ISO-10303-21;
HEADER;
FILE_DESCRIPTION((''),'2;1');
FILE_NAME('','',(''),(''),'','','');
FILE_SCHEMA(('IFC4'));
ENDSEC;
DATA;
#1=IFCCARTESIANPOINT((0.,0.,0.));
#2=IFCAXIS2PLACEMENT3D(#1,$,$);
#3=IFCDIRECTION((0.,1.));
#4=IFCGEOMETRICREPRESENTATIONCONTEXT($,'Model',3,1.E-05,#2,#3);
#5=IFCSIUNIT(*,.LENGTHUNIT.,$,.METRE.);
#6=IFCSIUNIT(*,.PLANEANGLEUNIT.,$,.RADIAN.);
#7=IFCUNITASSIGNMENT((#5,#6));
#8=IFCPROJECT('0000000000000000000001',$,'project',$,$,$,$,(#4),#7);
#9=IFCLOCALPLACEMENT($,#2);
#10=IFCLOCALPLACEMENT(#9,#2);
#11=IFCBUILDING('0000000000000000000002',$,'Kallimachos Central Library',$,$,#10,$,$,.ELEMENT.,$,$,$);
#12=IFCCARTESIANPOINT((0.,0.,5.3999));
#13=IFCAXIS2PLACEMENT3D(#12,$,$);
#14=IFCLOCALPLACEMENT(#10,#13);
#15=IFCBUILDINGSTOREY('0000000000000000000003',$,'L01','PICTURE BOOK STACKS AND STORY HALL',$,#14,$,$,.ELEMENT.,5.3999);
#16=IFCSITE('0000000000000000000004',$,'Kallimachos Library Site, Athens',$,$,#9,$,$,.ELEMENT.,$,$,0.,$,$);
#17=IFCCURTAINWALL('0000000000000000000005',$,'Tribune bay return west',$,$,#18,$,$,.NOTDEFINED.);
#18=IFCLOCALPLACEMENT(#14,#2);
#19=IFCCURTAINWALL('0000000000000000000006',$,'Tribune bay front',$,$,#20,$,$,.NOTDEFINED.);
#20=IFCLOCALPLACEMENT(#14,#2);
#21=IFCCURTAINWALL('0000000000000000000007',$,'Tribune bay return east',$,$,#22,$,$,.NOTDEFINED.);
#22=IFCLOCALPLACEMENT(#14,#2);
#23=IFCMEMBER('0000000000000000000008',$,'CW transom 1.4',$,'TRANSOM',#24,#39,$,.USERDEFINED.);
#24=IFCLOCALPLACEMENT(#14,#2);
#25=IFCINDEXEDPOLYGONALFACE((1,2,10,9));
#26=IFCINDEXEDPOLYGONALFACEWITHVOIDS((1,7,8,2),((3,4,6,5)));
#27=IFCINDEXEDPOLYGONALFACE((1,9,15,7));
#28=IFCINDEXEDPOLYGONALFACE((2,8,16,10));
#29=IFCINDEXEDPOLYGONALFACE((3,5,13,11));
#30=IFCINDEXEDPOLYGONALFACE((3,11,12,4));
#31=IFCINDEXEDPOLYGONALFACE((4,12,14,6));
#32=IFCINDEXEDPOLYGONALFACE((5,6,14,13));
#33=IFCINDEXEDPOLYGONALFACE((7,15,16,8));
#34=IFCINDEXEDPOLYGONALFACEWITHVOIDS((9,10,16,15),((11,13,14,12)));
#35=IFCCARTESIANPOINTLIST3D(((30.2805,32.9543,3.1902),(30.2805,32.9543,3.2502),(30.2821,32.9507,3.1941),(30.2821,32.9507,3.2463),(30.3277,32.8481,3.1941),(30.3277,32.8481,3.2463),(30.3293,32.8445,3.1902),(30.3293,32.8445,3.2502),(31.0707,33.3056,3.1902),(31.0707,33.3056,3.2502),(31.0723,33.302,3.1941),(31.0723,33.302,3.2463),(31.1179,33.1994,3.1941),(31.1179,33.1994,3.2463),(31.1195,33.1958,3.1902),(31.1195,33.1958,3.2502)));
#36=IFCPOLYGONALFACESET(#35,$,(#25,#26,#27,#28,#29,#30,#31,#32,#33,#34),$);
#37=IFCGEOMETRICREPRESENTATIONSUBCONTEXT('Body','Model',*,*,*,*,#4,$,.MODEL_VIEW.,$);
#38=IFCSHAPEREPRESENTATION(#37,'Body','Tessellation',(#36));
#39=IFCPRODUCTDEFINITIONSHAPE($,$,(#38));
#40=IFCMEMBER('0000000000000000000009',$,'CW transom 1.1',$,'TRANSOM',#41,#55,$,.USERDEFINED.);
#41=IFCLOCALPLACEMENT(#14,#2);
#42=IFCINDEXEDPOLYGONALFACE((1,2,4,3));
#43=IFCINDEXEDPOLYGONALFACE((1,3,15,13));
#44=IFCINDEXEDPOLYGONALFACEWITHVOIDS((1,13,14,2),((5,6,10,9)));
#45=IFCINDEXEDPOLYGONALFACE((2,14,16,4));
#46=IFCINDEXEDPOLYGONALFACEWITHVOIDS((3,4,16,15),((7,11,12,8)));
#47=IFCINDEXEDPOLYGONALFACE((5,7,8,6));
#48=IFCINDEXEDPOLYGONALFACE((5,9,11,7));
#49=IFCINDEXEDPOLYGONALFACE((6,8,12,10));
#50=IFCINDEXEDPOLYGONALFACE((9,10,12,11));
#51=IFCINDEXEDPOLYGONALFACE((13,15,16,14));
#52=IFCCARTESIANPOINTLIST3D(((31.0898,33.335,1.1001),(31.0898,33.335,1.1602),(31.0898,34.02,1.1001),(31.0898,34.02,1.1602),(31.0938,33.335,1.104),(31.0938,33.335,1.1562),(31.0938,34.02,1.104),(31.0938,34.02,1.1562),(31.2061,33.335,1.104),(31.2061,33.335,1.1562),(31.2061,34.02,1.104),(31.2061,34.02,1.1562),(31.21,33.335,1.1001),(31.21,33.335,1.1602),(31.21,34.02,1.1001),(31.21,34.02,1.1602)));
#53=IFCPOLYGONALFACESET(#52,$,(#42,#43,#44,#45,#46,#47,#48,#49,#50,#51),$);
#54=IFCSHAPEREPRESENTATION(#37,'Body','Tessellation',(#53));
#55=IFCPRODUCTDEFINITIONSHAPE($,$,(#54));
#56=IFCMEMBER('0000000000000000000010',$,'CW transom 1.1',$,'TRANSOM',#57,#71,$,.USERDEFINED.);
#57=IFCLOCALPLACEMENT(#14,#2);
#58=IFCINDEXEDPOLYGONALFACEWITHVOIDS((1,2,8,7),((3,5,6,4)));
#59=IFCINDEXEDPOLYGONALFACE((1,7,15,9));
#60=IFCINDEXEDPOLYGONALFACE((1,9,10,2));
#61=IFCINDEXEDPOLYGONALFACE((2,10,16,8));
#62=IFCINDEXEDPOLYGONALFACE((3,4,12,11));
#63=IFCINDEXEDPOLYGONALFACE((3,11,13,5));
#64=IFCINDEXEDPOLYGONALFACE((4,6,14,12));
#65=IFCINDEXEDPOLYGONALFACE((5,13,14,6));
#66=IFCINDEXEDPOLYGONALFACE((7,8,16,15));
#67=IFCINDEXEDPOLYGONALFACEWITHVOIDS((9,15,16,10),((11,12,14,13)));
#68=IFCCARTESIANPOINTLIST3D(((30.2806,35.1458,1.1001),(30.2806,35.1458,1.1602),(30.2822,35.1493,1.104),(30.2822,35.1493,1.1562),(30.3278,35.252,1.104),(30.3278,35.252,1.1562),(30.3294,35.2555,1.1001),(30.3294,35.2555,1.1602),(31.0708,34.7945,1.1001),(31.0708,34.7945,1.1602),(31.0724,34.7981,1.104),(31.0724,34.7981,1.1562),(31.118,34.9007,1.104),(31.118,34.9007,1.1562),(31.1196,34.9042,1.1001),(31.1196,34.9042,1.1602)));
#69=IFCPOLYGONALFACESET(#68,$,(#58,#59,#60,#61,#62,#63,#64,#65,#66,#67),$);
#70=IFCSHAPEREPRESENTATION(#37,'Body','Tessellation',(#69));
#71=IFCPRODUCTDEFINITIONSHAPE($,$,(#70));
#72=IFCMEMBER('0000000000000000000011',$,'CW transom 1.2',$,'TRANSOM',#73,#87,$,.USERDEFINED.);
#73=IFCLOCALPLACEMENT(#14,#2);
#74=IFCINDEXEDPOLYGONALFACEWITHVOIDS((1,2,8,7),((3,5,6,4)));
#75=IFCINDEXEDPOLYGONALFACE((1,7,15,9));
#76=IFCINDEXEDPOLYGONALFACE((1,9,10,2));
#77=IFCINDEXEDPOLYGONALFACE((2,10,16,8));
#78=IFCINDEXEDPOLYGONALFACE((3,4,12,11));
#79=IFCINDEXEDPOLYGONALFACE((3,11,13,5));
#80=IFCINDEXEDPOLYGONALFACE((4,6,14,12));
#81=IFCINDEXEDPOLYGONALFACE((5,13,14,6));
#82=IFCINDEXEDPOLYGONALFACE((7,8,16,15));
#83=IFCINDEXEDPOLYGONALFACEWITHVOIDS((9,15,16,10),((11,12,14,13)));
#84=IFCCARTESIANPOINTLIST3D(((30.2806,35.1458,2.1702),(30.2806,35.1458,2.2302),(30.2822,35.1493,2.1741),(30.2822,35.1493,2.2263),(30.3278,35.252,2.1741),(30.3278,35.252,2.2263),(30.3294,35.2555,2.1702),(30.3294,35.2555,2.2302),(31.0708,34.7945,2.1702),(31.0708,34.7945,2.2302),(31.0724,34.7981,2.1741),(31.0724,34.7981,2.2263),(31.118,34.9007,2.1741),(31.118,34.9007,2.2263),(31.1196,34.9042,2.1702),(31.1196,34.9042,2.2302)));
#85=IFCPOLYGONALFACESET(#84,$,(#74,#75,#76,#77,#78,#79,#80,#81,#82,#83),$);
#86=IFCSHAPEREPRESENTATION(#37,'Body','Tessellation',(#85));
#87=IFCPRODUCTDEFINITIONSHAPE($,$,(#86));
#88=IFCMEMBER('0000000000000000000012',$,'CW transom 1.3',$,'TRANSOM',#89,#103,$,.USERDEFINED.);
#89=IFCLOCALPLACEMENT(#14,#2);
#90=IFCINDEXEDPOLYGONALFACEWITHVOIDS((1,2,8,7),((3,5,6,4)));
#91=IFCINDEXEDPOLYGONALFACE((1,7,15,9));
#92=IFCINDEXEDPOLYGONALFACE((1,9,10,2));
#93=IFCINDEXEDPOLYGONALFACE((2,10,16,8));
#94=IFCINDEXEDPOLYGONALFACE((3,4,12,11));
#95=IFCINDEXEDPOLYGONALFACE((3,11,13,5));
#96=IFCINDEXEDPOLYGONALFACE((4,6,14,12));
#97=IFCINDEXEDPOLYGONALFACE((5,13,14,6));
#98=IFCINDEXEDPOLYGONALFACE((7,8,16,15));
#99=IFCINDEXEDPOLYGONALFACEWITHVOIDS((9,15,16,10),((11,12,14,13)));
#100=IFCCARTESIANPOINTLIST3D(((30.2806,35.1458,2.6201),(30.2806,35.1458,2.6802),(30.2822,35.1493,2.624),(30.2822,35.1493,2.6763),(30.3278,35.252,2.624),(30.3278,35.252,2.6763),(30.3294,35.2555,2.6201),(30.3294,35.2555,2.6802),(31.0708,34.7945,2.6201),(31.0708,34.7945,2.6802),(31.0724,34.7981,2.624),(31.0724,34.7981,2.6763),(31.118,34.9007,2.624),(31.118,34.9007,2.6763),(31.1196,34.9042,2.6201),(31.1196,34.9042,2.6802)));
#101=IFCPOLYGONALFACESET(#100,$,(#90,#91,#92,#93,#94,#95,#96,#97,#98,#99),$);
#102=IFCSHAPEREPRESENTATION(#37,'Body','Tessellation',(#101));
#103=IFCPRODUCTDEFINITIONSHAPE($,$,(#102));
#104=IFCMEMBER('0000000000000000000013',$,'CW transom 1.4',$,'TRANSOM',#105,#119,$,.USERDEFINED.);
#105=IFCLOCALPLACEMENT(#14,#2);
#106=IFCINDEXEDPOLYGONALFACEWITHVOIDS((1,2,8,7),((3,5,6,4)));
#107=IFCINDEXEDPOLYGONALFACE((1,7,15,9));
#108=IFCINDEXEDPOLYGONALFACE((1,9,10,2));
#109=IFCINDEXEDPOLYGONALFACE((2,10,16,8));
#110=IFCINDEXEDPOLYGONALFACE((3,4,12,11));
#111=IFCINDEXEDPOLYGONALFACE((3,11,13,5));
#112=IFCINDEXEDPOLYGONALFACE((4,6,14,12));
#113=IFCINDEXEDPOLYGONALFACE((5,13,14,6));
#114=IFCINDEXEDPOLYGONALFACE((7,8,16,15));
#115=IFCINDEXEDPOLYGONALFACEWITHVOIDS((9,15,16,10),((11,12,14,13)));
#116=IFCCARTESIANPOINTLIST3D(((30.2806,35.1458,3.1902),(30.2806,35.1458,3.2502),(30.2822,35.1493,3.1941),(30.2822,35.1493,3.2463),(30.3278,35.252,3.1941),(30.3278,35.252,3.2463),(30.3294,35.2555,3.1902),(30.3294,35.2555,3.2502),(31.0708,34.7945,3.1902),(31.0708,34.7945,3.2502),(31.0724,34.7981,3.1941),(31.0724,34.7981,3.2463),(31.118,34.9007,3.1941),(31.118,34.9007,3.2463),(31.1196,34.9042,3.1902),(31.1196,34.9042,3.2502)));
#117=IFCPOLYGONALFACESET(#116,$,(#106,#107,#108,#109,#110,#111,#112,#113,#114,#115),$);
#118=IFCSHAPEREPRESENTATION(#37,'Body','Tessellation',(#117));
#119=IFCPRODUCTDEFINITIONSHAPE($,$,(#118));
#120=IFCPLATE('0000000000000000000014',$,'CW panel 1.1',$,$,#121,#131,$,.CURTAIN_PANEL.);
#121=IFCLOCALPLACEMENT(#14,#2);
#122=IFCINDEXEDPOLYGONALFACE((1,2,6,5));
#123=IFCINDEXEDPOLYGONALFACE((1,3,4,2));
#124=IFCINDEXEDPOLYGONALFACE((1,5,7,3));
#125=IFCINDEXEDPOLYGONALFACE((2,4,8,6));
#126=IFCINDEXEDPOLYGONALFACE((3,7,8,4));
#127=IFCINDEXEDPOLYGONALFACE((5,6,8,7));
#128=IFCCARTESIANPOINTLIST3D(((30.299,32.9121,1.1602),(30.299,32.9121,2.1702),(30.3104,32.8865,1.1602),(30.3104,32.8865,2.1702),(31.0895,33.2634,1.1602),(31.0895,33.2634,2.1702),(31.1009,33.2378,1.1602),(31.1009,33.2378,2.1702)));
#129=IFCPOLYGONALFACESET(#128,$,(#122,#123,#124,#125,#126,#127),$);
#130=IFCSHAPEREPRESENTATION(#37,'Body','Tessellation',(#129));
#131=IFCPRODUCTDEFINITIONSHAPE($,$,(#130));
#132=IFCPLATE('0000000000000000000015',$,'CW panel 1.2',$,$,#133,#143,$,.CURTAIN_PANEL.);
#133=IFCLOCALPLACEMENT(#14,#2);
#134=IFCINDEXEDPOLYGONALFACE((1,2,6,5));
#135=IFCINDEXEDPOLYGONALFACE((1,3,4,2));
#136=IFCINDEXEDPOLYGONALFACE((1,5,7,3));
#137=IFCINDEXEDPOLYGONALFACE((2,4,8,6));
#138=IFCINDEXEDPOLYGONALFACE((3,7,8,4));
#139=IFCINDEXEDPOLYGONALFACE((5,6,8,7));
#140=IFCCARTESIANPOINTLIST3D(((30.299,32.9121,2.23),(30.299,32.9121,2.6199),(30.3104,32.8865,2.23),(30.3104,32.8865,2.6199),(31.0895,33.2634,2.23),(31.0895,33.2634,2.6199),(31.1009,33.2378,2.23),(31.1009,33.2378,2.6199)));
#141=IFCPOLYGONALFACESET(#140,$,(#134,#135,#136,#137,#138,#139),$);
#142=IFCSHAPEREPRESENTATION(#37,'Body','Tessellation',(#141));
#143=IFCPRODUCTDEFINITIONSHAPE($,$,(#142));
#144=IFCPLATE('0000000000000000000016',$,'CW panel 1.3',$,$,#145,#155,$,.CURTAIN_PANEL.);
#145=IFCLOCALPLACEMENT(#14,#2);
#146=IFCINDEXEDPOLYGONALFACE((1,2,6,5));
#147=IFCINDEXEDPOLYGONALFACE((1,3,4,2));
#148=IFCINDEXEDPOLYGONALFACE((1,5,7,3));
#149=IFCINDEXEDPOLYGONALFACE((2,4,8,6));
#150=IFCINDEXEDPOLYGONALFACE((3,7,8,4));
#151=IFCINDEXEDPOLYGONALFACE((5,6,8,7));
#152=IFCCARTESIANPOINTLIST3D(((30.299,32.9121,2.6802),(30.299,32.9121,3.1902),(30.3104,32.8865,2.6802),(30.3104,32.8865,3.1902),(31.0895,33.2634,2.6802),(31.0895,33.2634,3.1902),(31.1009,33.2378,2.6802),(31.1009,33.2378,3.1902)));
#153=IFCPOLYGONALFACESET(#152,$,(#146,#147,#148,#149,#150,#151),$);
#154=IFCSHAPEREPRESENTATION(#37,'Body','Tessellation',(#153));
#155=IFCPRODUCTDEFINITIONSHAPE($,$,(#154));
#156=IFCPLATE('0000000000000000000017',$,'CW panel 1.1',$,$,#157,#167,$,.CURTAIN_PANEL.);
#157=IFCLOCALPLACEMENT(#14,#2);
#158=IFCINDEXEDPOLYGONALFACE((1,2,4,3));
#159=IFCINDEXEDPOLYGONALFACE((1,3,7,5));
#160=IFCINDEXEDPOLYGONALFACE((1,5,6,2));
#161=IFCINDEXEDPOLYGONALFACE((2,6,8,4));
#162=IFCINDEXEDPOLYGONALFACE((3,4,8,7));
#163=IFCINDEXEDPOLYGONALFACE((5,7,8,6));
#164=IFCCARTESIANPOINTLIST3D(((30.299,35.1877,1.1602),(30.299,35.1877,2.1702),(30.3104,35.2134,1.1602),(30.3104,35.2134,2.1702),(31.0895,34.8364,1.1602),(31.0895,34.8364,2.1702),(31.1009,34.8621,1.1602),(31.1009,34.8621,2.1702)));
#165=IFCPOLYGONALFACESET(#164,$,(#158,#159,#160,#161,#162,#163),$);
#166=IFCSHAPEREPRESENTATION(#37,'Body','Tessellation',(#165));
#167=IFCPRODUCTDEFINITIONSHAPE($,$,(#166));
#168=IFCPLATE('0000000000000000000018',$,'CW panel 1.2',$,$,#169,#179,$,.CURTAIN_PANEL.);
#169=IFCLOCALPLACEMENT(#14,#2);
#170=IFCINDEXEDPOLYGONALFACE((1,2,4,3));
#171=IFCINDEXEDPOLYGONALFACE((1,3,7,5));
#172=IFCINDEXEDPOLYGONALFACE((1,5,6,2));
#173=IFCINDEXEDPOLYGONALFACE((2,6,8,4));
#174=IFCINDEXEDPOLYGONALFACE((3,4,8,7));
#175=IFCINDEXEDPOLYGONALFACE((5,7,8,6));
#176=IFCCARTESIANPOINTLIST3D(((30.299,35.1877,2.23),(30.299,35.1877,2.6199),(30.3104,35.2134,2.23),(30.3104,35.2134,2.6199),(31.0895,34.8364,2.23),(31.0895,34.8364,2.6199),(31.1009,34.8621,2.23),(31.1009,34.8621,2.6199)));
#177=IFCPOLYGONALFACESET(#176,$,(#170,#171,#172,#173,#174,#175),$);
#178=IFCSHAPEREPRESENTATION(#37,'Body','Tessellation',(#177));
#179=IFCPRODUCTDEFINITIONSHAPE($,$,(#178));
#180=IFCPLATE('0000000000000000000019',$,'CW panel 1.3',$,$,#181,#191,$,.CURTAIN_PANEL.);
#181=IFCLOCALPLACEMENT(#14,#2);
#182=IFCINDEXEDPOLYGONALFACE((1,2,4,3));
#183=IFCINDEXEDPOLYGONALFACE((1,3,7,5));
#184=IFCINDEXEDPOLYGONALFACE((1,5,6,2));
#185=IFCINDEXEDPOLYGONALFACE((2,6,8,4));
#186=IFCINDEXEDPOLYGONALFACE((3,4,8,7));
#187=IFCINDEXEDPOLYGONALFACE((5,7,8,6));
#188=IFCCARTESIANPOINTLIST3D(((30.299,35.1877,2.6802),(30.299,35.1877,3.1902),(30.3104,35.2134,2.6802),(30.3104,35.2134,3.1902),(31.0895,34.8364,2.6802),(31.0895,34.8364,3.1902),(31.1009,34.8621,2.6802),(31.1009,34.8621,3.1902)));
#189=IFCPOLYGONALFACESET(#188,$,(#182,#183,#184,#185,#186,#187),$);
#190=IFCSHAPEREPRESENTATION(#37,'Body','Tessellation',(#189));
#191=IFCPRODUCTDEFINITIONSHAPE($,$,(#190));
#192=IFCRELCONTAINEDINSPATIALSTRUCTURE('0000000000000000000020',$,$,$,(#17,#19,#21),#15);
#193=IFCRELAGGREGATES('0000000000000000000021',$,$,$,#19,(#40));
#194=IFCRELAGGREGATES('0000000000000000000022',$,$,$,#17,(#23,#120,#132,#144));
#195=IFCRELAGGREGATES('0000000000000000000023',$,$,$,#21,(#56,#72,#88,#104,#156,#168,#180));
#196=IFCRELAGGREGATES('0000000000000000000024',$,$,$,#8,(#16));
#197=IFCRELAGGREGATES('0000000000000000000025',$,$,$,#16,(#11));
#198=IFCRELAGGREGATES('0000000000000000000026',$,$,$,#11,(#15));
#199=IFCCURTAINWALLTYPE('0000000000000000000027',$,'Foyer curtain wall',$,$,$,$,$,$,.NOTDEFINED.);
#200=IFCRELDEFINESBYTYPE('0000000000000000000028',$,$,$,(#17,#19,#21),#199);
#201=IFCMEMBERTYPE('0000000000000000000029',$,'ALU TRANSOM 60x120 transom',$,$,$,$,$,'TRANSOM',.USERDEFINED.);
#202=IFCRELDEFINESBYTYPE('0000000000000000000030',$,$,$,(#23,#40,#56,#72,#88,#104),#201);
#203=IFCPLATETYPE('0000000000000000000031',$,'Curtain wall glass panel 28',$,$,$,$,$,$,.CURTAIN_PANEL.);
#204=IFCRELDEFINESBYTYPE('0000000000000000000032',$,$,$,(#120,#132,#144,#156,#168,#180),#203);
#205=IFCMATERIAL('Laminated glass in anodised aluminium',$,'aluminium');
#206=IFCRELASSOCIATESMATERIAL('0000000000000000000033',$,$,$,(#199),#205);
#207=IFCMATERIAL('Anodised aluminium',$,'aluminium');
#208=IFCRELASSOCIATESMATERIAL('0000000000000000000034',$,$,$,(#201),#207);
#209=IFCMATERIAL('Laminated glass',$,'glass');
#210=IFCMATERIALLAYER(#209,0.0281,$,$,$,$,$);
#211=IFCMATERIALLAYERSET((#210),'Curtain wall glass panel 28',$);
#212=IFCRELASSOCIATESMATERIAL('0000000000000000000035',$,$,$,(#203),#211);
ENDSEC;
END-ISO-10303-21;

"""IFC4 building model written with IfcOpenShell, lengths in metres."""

from ifc_helpers import new_model, si_unit, direction, frame, origin, origin_2d, place, context, subcontext, project, spatial, rectangle, hollow_rectangle, extrude, material, layer, layer_set, material_profile, profile_set, type_object, element, aggregate, save


model = new_model("IFC4")

# Units and contexts
model_context = context("Model", 3, precision=1e-05, world=origin(), true_north=direction((0.0, 1.0)))
body_context = subcontext(model_context, "Body", "Model", "MODEL_VIEW")
ifc_project = project(units=[si_unit("LENGTHUNIT", "METRE"), si_unit("PLANEANGLEUNIT", "RADIAN")], contexts=[model_context])

# Site, building, storey
site_placement = place(None, origin())
site = spatial("IfcSite", under=ifc_project, at=site_placement, Name="Kallimachos Library Site, Athens", CompositionType="ELEMENT", RefElevation=0.0)
building_placement = place(site_placement, origin())
building = spatial("IfcBuilding", under=site, at=building_placement, Name="Kallimachos Central Library", CompositionType="ELEMENT")
storey_placement = place(building_placement, frame((0.0, 0.0, 5.3999)))
storey = spatial("IfcBuildingStorey", under=building, at=storey_placement, Name="L01", Description="PICTURE BOOK STACKS AND STORY HALL", CompositionType="ELEMENT", Elevation=5.3999)

# Curtain wall
ifc_material_1 = material(Name="Laminated glass in anodised aluminium", Category="aluminium")
curtain_wall_type = type_object("IfcCurtainWallType", Name="Foyer curtain wall", PredefinedType="NOTDEFINED", material=ifc_material_1)
curtain_wall_1_placement = place(storey_placement, origin())
curtain_wall_1 = element("IfcCurtainWall", 1, at=curtain_wall_1_placement, inside=storey, type_object=curtain_wall_type, Name="Tribune bay return west", PredefinedType="NOTDEFINED")

# Curtain wall
curtain_wall_2_placement = place(storey_placement, origin())
curtain_wall_2 = element("IfcCurtainWall", 2, at=curtain_wall_2_placement, inside=storey, type_object=curtain_wall_type, Name="Tribune bay front", PredefinedType="NOTDEFINED")

# Curtain wall
curtain_wall_3_placement = place(storey_placement, origin())
curtain_wall_3 = element("IfcCurtainWall", 3, at=curtain_wall_3_placement, inside=storey, type_object=curtain_wall_type, Name="Tribune bay return east", PredefinedType="NOTDEFINED")

# Members
ifc_material_2 = material(Name="Anodised aluminium", Category="aluminium")
ifc_material_profile_1 = material_profile(ifc_material_2, hollow_rectangle(XDim=0.0601, YDim=0.1201, WallThickness=0.0039, at=origin_2d()), Name="ALU TRANSOM 60x120")
ifc_profile_set_1 = profile_set([ifc_material_profile_1], Name="Anodised aluminium")
member_type_1 = type_object("IfcMemberType", Name="ALU TRANSOM 60x120 transom", ElementType="TRANSOM", PredefinedType="USERDEFINED", material=ifc_profile_set_1)
member_1_placement = place(storey_placement, frame((30.3049, 32.8994, 3.2202), z_axis=(0.913777, 0.406217, 0.0), x_axis=(0.0, 0.0, 1.0)))
member_1 = element("IfcMember", 4, at=member_1_placement, type_object=member_type_1, Name="CW transom 1.4", ObjectType="TRANSOM", PredefinedType="USERDEFINED", context=body_context, shape_type="SweptSolid", body=[
    extrude(hollow_rectangle(XDim=0.0601, YDim=0.1201, WallThickness=0.0039, at=origin_2d()), origin(), (0.0, 0.0, 1.0), 0.8647),
])
member_2_placement = place(storey_placement, frame((31.1499, 33.335, 1.1301), z_axis=(0.0, 1.0, 0.0), x_axis=(0.0, 0.0, 1.0)))
member_2 = element("IfcMember", 5, at=member_2_placement, type_object=member_type_1, Name="CW transom 1.1", ObjectType="TRANSOM", PredefinedType="USERDEFINED", context=body_context, shape_type="SweptSolid", body=[
    extrude(hollow_rectangle(XDim=0.0601, YDim=0.1201, WallThickness=0.0039, at=origin_2d()), origin(), (0.0, 0.0, 1.0), 0.6851),
])
aggregate(curtain_wall_2, [member_2])
member_3_placement = place(storey_placement, frame((31.0952, 34.8494, 1.1301), z_axis=(-0.913777, 0.406217, 0.0), x_axis=(0.0, 0.0, 1.0)))
member_3 = element("IfcMember", 6, at=member_3_placement, type_object=member_type_1, Name="CW transom 1.1", ObjectType="TRANSOM", PredefinedType="USERDEFINED", context=body_context, shape_type="SweptSolid", body=[
    extrude(hollow_rectangle(XDim=0.0601, YDim=0.1201, WallThickness=0.0039, at=origin_2d()), origin(), (0.0, 0.0, 1.0), 0.8647),
])
member_4_placement = place(storey_placement, frame((31.0952, 34.8494, 2.2002), z_axis=(-0.913777, 0.406217, 0.0), x_axis=(0.0, 0.0, 1.0)))
member_4 = element("IfcMember", 7, at=member_4_placement, type_object=member_type_1, Name="CW transom 1.2", ObjectType="TRANSOM", PredefinedType="USERDEFINED", context=body_context, shape_type="SweptSolid", body=[
    extrude(hollow_rectangle(XDim=0.0601, YDim=0.1201, WallThickness=0.0039, at=origin_2d()), origin(), (0.0, 0.0, 1.0), 0.8647),
])
member_5_placement = place(storey_placement, frame((31.0952, 34.8494, 2.6501), z_axis=(-0.913777, 0.406217, 0.0), x_axis=(0.0, 0.0, 1.0)))
member_5 = element("IfcMember", 8, at=member_5_placement, type_object=member_type_1, Name="CW transom 1.3", ObjectType="TRANSOM", PredefinedType="USERDEFINED", context=body_context, shape_type="SweptSolid", body=[
    extrude(hollow_rectangle(XDim=0.0601, YDim=0.1201, WallThickness=0.0039, at=origin_2d()), origin(), (0.0, 0.0, 1.0), 0.8647),
])
member_6_placement = place(storey_placement, frame((31.0952, 34.8494, 3.2202), z_axis=(-0.913777, 0.406217, 0.0), x_axis=(0.0, 0.0, 1.0)))
member_6 = element("IfcMember", 9, at=member_6_placement, type_object=member_type_1, Name="CW transom 1.4", ObjectType="TRANSOM", PredefinedType="USERDEFINED", context=body_context, shape_type="SweptSolid", body=[
    extrude(hollow_rectangle(XDim=0.0601, YDim=0.1201, WallThickness=0.0039, at=origin_2d()), origin(), (0.0, 0.0, 1.0), 0.8647),
])

# Plates
ifc_material_3 = material(Name="Laminated glass", Category="glass")
ifc_layer_1 = layer(ifc_material_3, 0.0281)
ifc_layer_set_1 = layer_set([ifc_layer_1], Name="Curtain wall glass panel 28")
plate_type = type_object("IfcPlateType", Name="Curtain wall glass panel 28", PredefinedType="CURTAIN_PANEL", material=ifc_layer_set_1)
plate_1_placement = place(storey_placement, frame((30.7, 33.075, 1.1602), z_axis=(0.0, 0.0, 1.0), x_axis=(0.913812, 0.406138, 0.0)))
plate_1 = element("IfcPlate", 10, at=plate_1_placement, type_object=plate_type, Name="CW panel 1.1", PredefinedType="CURTAIN_PANEL", context=body_context, shape_type="SweptSolid", body=[
    extrude(rectangle(XDim=0.865, YDim=0.0281, at=origin_2d()), origin(), (0.0, 0.0, 1.0), 1.01),
])
plate_2_placement = place(storey_placement, frame((30.7, 33.075, 2.23), z_axis=(0.0, 0.0, 1.0), x_axis=(0.913812, 0.406138, 0.0)))
plate_2 = element("IfcPlate", 11, at=plate_2_placement, type_object=plate_type, Name="CW panel 1.2", PredefinedType="CURTAIN_PANEL", context=body_context, shape_type="SweptSolid", body=[
    extrude(rectangle(XDim=0.865, YDim=0.0281, at=origin_2d()), origin(), (0.0, 0.0, 1.0), 0.3899),
])
plate_3_placement = place(storey_placement, frame((30.7, 33.075, 2.6802), z_axis=(0.0, 0.0, 1.0), x_axis=(0.913812, 0.406138, 0.0)))
plate_3 = element("IfcPlate", 12, at=plate_3_placement, type_object=plate_type, Name="CW panel 1.3", PredefinedType="CURTAIN_PANEL", context=body_context, shape_type="SweptSolid", body=[
    extrude(rectangle(XDim=0.865, YDim=0.0281, at=origin_2d()), origin(), (0.0, 0.0, 1.0), 0.51),
])
aggregate(curtain_wall_1, [member_1, plate_1, plate_2, plate_3])
plate_4_placement = place(storey_placement, frame((30.7, 35.0249, 1.1602), z_axis=(0.0, 0.0, 1.0), x_axis=(-0.913812, 0.406138, 0.0)))
plate_4 = element("IfcPlate", 13, at=plate_4_placement, type_object=plate_type, Name="CW panel 1.1", PredefinedType="CURTAIN_PANEL", context=body_context, shape_type="SweptSolid", body=[
    extrude(rectangle(XDim=0.865, YDim=0.0281, at=origin_2d()), origin(), (0.0, 0.0, 1.0), 1.01),
])
plate_5_placement = place(storey_placement, frame((30.7, 35.0249, 2.23), z_axis=(0.0, 0.0, 1.0), x_axis=(-0.913812, 0.406138, 0.0)))
plate_5 = element("IfcPlate", 14, at=plate_5_placement, type_object=plate_type, Name="CW panel 1.2", PredefinedType="CURTAIN_PANEL", context=body_context, shape_type="SweptSolid", body=[
    extrude(rectangle(XDim=0.865, YDim=0.0281, at=origin_2d()), origin(), (0.0, 0.0, 1.0), 0.3899),
])
plate_6_placement = place(storey_placement, frame((30.7, 35.0249, 2.6802), z_axis=(0.0, 0.0, 1.0), x_axis=(-0.913812, 0.406138, 0.0)))
plate_6 = element("IfcPlate", 15, at=plate_6_placement, type_object=plate_type, Name="CW panel 1.3", PredefinedType="CURTAIN_PANEL", context=body_context, shape_type="SweptSolid", body=[
    extrude(rectangle(XDim=0.865, YDim=0.0281, at=origin_2d()), origin(), (0.0, 0.0, 1.0), 0.51),
])
aggregate(curtain_wall_3, [member_3, member_4, member_5, member_6, plate_4, plate_5, plate_6])

save(model, "model.ifc")
